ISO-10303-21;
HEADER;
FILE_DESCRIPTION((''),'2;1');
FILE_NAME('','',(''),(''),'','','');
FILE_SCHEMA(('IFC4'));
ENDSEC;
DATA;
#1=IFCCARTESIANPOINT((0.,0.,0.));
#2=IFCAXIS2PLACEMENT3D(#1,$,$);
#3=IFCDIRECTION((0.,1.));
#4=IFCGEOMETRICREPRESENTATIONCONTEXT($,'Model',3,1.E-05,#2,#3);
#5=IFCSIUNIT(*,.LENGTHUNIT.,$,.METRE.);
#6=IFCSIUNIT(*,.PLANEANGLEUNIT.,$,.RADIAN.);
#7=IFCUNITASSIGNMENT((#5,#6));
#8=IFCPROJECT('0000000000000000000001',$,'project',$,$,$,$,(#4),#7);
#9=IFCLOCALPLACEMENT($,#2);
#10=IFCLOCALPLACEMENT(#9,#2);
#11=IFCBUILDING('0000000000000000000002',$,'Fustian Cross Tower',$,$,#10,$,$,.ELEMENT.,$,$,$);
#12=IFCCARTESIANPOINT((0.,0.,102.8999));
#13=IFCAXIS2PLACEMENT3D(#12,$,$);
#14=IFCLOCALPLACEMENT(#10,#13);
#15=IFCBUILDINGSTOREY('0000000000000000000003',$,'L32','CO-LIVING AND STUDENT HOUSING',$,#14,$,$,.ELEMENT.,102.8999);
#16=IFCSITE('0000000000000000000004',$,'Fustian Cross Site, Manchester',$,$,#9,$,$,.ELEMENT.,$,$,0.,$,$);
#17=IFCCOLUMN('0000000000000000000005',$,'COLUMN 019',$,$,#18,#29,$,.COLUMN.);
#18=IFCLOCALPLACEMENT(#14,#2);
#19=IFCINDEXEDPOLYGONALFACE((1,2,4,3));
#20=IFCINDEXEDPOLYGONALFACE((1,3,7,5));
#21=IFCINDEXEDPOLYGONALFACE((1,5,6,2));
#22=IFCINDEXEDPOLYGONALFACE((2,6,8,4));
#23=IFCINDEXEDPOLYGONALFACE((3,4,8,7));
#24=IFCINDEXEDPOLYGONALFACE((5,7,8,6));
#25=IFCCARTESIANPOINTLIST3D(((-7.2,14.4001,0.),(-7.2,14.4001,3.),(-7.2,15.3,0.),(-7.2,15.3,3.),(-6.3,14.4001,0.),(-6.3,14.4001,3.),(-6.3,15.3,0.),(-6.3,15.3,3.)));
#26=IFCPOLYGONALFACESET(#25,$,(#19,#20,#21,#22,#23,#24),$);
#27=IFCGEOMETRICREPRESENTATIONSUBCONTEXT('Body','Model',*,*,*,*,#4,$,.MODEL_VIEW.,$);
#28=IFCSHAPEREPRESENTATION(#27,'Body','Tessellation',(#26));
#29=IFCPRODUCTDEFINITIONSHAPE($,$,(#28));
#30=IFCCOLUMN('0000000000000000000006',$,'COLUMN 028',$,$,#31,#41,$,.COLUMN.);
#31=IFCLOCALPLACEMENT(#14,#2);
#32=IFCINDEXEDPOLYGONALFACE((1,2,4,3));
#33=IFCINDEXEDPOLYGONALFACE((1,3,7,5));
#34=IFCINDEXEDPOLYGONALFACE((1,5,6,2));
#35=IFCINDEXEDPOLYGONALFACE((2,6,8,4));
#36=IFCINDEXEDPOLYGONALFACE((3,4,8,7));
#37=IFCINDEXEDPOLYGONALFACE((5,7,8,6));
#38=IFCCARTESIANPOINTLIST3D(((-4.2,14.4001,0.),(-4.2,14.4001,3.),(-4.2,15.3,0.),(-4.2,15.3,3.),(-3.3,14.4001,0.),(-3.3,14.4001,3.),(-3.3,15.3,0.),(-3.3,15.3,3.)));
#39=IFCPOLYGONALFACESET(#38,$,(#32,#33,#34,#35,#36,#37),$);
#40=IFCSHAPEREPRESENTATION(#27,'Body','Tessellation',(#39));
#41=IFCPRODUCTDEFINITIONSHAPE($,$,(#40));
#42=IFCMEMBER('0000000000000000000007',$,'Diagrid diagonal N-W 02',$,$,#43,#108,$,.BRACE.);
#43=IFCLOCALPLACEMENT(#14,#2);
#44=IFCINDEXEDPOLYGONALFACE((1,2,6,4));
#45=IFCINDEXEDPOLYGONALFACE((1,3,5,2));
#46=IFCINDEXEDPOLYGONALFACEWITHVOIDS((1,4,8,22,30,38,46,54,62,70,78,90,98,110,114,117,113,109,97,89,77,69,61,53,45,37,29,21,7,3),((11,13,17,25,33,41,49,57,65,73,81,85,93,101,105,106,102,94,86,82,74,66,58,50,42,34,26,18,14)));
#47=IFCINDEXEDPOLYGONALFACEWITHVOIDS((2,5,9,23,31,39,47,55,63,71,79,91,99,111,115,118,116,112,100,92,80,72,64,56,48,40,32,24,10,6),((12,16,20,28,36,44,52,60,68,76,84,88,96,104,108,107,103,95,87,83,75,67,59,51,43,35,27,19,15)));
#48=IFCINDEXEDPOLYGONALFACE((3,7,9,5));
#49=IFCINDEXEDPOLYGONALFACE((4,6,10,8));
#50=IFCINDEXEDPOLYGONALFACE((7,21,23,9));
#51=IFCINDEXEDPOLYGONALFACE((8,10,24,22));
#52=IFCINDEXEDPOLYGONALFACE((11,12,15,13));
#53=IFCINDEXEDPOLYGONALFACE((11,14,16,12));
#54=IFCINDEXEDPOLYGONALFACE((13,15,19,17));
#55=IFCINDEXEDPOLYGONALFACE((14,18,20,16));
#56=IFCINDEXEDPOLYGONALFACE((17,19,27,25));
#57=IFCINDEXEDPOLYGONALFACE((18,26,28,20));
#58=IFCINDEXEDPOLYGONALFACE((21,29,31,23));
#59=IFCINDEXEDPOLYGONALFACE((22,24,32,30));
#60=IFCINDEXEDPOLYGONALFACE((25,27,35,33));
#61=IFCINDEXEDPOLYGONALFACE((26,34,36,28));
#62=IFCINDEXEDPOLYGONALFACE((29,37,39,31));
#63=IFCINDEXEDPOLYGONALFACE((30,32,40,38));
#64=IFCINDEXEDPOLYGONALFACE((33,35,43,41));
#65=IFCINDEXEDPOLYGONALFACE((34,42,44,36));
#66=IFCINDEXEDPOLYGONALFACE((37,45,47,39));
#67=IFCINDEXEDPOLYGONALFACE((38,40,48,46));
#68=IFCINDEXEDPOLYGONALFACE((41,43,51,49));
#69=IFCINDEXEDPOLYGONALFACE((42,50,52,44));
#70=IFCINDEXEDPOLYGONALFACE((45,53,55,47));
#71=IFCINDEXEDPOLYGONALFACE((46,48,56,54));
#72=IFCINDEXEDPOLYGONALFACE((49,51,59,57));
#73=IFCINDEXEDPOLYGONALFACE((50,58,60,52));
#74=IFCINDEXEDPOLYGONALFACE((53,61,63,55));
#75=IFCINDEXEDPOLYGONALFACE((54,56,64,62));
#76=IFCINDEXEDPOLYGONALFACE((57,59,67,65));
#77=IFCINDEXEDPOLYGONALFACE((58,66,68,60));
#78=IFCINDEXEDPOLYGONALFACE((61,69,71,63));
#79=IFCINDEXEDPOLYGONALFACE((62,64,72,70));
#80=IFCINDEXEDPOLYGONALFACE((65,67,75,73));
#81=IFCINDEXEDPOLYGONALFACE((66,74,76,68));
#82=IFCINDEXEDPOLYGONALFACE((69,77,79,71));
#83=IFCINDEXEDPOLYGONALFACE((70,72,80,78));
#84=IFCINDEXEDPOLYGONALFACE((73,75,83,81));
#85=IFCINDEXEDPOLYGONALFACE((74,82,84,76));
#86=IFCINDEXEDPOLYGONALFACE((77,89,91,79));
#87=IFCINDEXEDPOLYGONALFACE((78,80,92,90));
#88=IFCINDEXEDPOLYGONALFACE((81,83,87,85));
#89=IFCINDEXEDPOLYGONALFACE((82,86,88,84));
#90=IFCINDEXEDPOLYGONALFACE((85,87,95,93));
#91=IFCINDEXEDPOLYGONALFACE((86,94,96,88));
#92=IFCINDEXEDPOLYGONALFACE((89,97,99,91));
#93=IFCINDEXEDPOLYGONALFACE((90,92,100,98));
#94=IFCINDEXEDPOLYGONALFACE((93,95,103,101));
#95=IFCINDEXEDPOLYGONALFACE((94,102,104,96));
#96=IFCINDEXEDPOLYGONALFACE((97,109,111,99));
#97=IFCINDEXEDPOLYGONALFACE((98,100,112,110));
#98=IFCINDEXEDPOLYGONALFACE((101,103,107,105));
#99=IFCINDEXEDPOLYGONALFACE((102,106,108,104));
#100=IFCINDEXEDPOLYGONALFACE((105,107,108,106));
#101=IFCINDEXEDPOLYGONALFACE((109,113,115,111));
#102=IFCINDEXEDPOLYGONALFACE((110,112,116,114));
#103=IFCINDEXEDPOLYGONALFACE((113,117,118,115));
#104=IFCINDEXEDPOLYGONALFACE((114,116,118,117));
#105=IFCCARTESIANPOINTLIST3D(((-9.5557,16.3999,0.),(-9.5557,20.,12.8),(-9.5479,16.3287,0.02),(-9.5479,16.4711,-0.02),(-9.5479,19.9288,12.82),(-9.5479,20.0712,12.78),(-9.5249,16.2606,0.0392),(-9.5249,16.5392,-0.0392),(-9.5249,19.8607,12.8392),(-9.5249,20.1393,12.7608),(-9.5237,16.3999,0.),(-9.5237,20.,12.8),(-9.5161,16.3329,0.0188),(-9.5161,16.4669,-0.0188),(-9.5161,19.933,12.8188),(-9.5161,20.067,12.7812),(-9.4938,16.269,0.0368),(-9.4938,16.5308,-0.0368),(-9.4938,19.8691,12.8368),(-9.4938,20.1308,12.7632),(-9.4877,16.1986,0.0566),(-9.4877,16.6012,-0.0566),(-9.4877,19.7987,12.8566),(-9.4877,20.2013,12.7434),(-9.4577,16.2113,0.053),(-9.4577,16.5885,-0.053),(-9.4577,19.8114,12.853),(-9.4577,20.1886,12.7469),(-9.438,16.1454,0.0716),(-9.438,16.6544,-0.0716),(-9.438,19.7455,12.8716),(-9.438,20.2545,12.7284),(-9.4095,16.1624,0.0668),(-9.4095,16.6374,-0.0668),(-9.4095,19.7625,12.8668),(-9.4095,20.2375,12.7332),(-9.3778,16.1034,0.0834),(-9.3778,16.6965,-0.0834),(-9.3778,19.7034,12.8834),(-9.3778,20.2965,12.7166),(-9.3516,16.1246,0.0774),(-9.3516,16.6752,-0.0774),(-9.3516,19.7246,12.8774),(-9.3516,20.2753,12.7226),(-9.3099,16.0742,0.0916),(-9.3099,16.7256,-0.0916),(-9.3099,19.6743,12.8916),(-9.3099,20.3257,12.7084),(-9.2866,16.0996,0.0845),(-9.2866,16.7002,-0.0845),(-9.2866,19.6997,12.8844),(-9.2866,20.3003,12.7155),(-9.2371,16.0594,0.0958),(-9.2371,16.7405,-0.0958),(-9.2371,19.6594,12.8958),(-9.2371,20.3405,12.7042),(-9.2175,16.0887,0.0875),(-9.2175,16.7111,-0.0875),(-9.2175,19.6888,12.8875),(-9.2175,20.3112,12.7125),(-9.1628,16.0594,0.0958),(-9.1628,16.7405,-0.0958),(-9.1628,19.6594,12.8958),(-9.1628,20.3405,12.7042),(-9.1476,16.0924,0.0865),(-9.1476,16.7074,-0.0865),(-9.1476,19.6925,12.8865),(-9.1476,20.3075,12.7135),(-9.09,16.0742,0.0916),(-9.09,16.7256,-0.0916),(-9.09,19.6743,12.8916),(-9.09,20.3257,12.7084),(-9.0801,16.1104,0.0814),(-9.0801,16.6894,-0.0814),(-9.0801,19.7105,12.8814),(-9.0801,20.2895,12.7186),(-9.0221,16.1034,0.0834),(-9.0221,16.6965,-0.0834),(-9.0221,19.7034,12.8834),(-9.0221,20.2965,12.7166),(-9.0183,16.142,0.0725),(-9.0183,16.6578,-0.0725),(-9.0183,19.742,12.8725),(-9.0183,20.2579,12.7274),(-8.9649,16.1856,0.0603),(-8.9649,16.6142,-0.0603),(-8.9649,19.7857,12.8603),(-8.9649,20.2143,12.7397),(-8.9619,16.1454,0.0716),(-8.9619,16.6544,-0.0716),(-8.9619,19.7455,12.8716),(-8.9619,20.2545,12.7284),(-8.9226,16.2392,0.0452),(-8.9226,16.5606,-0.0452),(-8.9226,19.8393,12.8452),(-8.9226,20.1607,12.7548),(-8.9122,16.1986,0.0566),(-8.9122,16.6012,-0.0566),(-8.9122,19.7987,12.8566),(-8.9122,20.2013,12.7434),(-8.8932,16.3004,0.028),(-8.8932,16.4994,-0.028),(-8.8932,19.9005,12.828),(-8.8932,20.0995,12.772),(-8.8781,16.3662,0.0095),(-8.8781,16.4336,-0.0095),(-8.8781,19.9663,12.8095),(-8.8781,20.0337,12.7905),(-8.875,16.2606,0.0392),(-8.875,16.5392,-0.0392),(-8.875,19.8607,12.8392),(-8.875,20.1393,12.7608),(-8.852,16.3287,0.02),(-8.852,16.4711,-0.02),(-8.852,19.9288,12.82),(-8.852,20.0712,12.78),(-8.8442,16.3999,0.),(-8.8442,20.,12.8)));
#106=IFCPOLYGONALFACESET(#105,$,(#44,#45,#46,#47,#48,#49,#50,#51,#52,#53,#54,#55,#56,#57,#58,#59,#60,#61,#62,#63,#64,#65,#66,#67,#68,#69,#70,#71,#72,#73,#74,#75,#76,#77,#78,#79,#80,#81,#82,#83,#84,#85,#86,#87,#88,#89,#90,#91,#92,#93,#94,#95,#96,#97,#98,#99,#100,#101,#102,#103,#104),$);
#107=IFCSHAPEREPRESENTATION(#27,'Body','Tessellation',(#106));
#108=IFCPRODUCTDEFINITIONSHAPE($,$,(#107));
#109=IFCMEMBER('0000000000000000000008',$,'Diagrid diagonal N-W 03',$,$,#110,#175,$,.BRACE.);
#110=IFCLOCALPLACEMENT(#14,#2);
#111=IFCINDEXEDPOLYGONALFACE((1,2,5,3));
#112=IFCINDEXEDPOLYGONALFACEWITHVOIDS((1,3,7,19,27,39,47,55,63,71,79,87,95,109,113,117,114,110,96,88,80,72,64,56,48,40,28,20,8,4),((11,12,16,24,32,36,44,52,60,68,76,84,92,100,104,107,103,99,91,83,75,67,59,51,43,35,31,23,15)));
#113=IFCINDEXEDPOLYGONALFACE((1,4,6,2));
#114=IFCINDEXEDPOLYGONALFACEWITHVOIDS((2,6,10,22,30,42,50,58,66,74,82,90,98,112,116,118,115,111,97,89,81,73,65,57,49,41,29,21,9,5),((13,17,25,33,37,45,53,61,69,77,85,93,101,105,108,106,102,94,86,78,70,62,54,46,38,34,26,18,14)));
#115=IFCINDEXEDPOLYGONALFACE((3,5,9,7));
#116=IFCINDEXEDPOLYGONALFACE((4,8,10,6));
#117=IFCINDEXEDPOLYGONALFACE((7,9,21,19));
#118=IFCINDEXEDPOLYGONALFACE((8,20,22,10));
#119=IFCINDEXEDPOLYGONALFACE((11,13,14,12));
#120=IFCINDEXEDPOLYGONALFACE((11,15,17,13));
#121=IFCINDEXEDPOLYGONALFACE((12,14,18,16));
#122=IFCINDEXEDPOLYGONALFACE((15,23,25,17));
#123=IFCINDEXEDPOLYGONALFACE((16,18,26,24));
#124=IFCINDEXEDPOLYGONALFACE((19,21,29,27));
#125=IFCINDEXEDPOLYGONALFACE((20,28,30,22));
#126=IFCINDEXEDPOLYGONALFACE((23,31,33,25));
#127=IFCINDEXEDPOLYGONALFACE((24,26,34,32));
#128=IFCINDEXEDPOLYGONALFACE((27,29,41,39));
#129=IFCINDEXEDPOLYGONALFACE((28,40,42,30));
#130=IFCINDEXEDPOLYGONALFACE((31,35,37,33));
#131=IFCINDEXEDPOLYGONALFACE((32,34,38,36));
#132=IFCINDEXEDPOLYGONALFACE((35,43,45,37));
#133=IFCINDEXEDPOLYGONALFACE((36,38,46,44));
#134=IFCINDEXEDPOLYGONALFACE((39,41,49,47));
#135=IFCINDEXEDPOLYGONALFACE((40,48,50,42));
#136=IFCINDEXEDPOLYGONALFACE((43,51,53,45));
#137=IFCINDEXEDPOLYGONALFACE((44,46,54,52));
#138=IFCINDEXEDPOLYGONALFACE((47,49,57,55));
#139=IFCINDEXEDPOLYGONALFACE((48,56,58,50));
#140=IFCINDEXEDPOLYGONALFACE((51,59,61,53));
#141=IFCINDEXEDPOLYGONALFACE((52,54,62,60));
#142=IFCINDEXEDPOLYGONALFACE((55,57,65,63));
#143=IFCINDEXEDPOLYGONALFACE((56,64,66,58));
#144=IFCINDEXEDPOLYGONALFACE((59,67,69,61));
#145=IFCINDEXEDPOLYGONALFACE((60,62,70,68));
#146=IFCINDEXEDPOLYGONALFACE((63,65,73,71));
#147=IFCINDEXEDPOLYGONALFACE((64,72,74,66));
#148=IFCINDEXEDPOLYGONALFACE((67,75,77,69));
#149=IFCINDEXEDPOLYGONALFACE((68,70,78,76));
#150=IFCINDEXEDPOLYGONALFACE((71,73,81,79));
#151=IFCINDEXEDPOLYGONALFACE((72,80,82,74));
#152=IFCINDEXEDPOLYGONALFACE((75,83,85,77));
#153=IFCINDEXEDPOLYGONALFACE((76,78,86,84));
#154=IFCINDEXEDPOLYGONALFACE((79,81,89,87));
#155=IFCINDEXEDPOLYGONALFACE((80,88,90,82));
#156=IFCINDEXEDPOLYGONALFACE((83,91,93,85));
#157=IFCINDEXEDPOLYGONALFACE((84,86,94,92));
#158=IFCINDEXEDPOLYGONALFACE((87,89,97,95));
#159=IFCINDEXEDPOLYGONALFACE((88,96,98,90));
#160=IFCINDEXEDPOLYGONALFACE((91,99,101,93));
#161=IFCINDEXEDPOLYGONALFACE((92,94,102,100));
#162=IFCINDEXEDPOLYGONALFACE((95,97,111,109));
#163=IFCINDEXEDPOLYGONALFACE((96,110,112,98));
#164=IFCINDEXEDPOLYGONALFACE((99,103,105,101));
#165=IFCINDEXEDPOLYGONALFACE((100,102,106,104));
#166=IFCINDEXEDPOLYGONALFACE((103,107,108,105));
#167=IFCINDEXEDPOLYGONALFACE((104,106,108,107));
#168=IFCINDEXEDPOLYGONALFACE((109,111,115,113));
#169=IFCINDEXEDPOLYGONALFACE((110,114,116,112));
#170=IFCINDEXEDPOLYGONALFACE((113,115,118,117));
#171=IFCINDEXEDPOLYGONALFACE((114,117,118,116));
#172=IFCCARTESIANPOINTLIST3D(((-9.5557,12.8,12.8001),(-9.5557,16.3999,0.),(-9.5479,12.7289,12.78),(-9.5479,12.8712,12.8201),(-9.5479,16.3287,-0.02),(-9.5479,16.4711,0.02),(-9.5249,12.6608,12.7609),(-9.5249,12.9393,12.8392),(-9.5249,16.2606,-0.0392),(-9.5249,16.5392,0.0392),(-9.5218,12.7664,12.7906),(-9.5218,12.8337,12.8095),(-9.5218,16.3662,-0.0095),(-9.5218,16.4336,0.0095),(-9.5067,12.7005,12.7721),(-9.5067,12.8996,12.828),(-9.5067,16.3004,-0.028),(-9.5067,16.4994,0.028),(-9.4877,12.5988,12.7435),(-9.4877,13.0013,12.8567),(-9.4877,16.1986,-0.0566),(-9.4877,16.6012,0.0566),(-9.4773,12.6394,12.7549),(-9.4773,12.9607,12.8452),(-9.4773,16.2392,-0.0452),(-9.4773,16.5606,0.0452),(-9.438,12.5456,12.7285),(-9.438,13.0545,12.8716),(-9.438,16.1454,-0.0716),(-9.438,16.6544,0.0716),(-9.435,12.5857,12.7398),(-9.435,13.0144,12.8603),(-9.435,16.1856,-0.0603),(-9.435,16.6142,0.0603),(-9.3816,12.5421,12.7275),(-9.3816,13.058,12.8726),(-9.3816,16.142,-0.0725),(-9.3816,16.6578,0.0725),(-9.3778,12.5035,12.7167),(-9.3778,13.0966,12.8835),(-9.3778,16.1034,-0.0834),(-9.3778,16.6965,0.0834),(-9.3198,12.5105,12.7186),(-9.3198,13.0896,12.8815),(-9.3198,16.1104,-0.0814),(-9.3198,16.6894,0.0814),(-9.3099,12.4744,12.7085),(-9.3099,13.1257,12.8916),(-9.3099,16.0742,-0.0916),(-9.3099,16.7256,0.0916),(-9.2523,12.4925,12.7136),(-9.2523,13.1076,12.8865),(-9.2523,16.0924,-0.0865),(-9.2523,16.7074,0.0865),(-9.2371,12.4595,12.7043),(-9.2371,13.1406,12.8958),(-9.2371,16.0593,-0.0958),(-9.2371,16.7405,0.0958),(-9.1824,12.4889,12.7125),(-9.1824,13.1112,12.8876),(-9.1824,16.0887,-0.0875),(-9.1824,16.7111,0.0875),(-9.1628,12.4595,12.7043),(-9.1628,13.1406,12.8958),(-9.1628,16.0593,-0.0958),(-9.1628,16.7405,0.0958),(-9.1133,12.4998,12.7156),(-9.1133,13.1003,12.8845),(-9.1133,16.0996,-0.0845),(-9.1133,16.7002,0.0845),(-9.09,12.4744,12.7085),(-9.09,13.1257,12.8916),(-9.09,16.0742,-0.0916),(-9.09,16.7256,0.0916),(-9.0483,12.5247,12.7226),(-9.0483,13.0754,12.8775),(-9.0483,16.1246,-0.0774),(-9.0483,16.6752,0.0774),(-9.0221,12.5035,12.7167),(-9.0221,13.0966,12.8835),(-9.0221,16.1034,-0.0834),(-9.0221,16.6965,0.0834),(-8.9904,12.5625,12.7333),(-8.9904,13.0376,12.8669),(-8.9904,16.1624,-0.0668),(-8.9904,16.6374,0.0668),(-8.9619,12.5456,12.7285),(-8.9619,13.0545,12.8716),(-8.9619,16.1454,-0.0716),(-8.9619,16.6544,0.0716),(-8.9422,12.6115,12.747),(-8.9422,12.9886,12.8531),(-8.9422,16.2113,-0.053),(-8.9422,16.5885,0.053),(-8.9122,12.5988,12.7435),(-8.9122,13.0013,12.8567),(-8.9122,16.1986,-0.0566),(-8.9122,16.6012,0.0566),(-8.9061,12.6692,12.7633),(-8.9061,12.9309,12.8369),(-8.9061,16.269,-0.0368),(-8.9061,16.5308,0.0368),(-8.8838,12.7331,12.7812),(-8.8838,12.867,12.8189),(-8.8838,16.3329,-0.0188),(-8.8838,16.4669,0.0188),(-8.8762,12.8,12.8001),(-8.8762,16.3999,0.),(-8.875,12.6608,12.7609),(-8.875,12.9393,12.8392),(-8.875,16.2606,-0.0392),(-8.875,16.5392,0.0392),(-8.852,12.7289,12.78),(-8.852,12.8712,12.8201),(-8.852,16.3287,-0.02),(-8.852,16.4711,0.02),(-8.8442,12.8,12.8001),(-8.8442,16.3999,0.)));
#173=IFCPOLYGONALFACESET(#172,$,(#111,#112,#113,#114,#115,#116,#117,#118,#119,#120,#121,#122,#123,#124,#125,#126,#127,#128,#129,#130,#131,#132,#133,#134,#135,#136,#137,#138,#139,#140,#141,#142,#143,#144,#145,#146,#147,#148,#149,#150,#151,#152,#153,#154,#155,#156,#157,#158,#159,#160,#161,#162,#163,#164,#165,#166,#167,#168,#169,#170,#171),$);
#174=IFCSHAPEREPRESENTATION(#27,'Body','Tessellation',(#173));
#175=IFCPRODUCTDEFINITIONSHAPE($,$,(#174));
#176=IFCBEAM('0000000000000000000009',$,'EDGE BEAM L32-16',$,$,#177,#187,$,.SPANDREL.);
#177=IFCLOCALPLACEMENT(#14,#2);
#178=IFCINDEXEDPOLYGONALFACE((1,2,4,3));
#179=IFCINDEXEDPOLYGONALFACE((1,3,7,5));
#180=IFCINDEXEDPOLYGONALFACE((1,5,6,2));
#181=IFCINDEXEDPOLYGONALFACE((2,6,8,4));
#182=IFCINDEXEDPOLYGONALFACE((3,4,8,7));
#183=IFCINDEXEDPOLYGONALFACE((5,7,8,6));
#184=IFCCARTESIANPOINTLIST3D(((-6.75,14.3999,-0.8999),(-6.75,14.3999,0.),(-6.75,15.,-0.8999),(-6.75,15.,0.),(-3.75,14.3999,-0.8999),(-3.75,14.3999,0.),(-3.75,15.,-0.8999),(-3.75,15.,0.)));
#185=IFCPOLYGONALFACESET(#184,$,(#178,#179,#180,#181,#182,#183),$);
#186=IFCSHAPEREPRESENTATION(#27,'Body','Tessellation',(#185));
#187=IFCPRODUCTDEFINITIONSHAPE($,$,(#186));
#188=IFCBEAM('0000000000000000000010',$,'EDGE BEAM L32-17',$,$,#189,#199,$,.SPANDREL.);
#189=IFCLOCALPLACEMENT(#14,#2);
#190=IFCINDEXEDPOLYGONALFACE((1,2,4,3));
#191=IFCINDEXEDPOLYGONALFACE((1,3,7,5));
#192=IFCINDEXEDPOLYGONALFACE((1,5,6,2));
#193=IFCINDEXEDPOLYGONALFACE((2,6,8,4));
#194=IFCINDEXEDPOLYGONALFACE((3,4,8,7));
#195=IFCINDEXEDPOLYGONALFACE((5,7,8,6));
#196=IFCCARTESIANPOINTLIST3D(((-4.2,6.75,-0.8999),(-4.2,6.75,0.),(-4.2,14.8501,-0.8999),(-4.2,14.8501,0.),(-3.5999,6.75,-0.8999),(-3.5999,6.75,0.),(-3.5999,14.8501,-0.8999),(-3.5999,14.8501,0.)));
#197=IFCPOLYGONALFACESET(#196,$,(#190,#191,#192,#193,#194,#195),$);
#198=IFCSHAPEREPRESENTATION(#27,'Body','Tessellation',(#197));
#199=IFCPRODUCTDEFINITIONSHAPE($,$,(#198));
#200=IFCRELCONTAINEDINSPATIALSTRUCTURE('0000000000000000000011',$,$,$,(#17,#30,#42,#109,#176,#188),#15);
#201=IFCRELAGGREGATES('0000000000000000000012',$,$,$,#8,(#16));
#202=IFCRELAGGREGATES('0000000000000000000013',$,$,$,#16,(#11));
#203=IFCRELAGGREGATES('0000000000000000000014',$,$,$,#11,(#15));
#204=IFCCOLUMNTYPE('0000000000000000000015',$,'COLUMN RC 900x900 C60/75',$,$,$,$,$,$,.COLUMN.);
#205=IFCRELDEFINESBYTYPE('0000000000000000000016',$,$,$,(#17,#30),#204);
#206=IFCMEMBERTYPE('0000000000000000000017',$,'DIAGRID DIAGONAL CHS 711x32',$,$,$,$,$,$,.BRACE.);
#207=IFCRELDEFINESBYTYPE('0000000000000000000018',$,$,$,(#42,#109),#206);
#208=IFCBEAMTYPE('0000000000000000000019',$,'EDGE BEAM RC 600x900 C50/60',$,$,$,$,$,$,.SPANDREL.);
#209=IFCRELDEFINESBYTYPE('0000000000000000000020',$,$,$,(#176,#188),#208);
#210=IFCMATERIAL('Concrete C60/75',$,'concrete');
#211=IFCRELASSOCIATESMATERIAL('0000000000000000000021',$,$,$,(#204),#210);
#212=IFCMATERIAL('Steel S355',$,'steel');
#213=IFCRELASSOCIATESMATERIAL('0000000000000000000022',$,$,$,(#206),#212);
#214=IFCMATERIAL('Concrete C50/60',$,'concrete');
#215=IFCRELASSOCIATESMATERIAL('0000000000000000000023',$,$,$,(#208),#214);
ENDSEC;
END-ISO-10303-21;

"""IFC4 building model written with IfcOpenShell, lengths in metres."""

from ifc_helpers import new_model, si_unit, direction, frame, origin, origin_2d, place, context, subcontext, project, spatial, rectangle, hollow_circle, extrude, material, material_profile, profile_set, type_object, element, save


model = new_model("IFC4")

# Units and contexts
model_context = context("Model", 3, precision=1e-05, world=origin(), true_north=direction((0.0, 1.0)))
body_context = subcontext(model_context, "Body", "Model", "MODEL_VIEW")
ifc_project = project(units=[si_unit("LENGTHUNIT", "METRE"), si_unit("PLANEANGLEUNIT", "RADIAN")], contexts=[model_context])

# Site, building, storey
site_placement = place(None, origin())
site = spatial("IfcSite", under=ifc_project, at=site_placement, Name="Fustian Cross Site, Manchester", CompositionType="ELEMENT", RefElevation=0.0)
building_placement = place(site_placement, origin())
building = spatial("IfcBuilding", under=site, at=building_placement, Name="Fustian Cross Tower", CompositionType="ELEMENT")
storey_placement = place(building_placement, frame((0.0, 0.0, 102.8999)))
storey = spatial("IfcBuildingStorey", under=building, at=storey_placement, Name="L32", Description="CO-LIVING AND STUDENT HOUSING", CompositionType="ELEMENT", Elevation=102.8999)

# Columns
ifc_material_1 = material(Name="Concrete C60/75", Category="concrete")
ifc_material_profile_1 = material_profile(ifc_material_1, rectangle(XDim=0.8999, YDim=0.8999, at=origin_2d()), Name="RC 900x900")
ifc_profile_set_1 = profile_set([ifc_material_profile_1], Name="Concrete C60/75")
column_type = type_object("IfcColumnType", Name="COLUMN RC 900x900 C60/75", PredefinedType="COLUMN", material=ifc_profile_set_1)
for number, where, z_axis, x_axis, name in (
    (1, (-6.75, 14.8501, 0.0), (0.0, 0.0, 1.0), (1.0, 0.0, 0.0), "COLUMN 019"),
    (2, (-3.75, 14.8501, 0.0), (0.0, 0.0, 1.0), (1.0, 0.0, 0.0), "COLUMN 028"),
):
    element("IfcColumn", number, at=place(storey_placement, frame(where, z_axis=z_axis, x_axis=x_axis)), inside=storey, type_object=column_type, Name=name, PredefinedType="COLUMN", context=body_context, shape_type="SweptSolid", body=[
        extrude(rectangle(XDim=0.8999, YDim=0.8999, at=origin_2d()), origin(), (0.0, 0.0, 1.0), 3.0),
    ])

# Members
ifc_material_2 = material(Name="Steel S355", Category="steel")
ifc_material_profile_2 = material_profile(ifc_material_2, hollow_circle(Radius=0.3557, WallThickness=0.032, at=origin_2d()), Name="CHS 711x32")
ifc_profile_set_2 = profile_set([ifc_material_profile_2], Name="Steel S355")
member_type = type_object("IfcMemberType", Name="DIAGRID DIAGONAL CHS 711x32", PredefinedType="BRACE", material=ifc_profile_set_2)
for number, where, z_axis, x_axis, name in (
    (3, (-9.2, 16.3999, 0.0), (0.0, 0.270751, 0.962649), (-1.0, 0.0, 0.0), "Diagrid diagonal N-W 02"),
    (4, (-9.2, 16.3999, 0.0), (0.0, -0.270734, 0.962654), (1.0, 0.0, 0.0), "Diagrid diagonal N-W 03"),
):
    element("IfcMember", number, at=place(storey_placement, frame(where, z_axis=z_axis, x_axis=x_axis)), inside=storey, type_object=member_type, Name=name, PredefinedType="BRACE", context=body_context, shape_type="SweptSolid", body=[
        extrude(hollow_circle(Radius=0.3557, WallThickness=0.032, at=origin_2d()), origin(), (0.0, 0.0, 1.0), 13.2966),
    ])

# Beams
ifc_material_3 = material(Name="Concrete C50/60", Category="concrete")
ifc_material_profile_3 = material_profile(ifc_material_3, rectangle(XDim=0.6001, YDim=0.8999, at=origin_2d()), Name="RC 600x900")
ifc_profile_set_3 = profile_set([ifc_material_profile_3], Name="Concrete C50/60")
beam_type = type_object("IfcBeamType", Name="EDGE BEAM RC 600x900 C50/60", PredefinedType="SPANDREL", material=ifc_profile_set_3)
beam_1_placement = place(storey_placement, frame((-6.75, 14.7, -0.45), z_axis=(1.0, 0.0, 0.0), x_axis=(0.0, 1.0, 0.0)))
element("IfcBeam", 5, at=beam_1_placement, inside=storey, type_object=beam_type, Name="EDGE BEAM L32-16", PredefinedType="SPANDREL", context=body_context, shape_type="SweptSolid", body=[
    extrude(rectangle(XDim=0.6001, YDim=0.8999, at=origin_2d()), origin(), (0.0, 0.0, 1.0), 3.0),
])
beam_2_placement = place(storey_placement, frame((-3.8999, 14.8501, -0.45), z_axis=(0.0, -1.0, 0.0), x_axis=(1.0, 0.0, 0.0)))
element("IfcBeam", 6, at=beam_2_placement, inside=storey, type_object=beam_type, Name="EDGE BEAM L32-17", PredefinedType="SPANDREL", context=body_context, shape_type="SweptSolid", body=[
    extrude(rectangle(XDim=0.6001, YDim=0.8999, at=origin_2d()), origin(), (0.0, 0.0, 1.0), 8.1001),
])

save(model, "model.ifc")
